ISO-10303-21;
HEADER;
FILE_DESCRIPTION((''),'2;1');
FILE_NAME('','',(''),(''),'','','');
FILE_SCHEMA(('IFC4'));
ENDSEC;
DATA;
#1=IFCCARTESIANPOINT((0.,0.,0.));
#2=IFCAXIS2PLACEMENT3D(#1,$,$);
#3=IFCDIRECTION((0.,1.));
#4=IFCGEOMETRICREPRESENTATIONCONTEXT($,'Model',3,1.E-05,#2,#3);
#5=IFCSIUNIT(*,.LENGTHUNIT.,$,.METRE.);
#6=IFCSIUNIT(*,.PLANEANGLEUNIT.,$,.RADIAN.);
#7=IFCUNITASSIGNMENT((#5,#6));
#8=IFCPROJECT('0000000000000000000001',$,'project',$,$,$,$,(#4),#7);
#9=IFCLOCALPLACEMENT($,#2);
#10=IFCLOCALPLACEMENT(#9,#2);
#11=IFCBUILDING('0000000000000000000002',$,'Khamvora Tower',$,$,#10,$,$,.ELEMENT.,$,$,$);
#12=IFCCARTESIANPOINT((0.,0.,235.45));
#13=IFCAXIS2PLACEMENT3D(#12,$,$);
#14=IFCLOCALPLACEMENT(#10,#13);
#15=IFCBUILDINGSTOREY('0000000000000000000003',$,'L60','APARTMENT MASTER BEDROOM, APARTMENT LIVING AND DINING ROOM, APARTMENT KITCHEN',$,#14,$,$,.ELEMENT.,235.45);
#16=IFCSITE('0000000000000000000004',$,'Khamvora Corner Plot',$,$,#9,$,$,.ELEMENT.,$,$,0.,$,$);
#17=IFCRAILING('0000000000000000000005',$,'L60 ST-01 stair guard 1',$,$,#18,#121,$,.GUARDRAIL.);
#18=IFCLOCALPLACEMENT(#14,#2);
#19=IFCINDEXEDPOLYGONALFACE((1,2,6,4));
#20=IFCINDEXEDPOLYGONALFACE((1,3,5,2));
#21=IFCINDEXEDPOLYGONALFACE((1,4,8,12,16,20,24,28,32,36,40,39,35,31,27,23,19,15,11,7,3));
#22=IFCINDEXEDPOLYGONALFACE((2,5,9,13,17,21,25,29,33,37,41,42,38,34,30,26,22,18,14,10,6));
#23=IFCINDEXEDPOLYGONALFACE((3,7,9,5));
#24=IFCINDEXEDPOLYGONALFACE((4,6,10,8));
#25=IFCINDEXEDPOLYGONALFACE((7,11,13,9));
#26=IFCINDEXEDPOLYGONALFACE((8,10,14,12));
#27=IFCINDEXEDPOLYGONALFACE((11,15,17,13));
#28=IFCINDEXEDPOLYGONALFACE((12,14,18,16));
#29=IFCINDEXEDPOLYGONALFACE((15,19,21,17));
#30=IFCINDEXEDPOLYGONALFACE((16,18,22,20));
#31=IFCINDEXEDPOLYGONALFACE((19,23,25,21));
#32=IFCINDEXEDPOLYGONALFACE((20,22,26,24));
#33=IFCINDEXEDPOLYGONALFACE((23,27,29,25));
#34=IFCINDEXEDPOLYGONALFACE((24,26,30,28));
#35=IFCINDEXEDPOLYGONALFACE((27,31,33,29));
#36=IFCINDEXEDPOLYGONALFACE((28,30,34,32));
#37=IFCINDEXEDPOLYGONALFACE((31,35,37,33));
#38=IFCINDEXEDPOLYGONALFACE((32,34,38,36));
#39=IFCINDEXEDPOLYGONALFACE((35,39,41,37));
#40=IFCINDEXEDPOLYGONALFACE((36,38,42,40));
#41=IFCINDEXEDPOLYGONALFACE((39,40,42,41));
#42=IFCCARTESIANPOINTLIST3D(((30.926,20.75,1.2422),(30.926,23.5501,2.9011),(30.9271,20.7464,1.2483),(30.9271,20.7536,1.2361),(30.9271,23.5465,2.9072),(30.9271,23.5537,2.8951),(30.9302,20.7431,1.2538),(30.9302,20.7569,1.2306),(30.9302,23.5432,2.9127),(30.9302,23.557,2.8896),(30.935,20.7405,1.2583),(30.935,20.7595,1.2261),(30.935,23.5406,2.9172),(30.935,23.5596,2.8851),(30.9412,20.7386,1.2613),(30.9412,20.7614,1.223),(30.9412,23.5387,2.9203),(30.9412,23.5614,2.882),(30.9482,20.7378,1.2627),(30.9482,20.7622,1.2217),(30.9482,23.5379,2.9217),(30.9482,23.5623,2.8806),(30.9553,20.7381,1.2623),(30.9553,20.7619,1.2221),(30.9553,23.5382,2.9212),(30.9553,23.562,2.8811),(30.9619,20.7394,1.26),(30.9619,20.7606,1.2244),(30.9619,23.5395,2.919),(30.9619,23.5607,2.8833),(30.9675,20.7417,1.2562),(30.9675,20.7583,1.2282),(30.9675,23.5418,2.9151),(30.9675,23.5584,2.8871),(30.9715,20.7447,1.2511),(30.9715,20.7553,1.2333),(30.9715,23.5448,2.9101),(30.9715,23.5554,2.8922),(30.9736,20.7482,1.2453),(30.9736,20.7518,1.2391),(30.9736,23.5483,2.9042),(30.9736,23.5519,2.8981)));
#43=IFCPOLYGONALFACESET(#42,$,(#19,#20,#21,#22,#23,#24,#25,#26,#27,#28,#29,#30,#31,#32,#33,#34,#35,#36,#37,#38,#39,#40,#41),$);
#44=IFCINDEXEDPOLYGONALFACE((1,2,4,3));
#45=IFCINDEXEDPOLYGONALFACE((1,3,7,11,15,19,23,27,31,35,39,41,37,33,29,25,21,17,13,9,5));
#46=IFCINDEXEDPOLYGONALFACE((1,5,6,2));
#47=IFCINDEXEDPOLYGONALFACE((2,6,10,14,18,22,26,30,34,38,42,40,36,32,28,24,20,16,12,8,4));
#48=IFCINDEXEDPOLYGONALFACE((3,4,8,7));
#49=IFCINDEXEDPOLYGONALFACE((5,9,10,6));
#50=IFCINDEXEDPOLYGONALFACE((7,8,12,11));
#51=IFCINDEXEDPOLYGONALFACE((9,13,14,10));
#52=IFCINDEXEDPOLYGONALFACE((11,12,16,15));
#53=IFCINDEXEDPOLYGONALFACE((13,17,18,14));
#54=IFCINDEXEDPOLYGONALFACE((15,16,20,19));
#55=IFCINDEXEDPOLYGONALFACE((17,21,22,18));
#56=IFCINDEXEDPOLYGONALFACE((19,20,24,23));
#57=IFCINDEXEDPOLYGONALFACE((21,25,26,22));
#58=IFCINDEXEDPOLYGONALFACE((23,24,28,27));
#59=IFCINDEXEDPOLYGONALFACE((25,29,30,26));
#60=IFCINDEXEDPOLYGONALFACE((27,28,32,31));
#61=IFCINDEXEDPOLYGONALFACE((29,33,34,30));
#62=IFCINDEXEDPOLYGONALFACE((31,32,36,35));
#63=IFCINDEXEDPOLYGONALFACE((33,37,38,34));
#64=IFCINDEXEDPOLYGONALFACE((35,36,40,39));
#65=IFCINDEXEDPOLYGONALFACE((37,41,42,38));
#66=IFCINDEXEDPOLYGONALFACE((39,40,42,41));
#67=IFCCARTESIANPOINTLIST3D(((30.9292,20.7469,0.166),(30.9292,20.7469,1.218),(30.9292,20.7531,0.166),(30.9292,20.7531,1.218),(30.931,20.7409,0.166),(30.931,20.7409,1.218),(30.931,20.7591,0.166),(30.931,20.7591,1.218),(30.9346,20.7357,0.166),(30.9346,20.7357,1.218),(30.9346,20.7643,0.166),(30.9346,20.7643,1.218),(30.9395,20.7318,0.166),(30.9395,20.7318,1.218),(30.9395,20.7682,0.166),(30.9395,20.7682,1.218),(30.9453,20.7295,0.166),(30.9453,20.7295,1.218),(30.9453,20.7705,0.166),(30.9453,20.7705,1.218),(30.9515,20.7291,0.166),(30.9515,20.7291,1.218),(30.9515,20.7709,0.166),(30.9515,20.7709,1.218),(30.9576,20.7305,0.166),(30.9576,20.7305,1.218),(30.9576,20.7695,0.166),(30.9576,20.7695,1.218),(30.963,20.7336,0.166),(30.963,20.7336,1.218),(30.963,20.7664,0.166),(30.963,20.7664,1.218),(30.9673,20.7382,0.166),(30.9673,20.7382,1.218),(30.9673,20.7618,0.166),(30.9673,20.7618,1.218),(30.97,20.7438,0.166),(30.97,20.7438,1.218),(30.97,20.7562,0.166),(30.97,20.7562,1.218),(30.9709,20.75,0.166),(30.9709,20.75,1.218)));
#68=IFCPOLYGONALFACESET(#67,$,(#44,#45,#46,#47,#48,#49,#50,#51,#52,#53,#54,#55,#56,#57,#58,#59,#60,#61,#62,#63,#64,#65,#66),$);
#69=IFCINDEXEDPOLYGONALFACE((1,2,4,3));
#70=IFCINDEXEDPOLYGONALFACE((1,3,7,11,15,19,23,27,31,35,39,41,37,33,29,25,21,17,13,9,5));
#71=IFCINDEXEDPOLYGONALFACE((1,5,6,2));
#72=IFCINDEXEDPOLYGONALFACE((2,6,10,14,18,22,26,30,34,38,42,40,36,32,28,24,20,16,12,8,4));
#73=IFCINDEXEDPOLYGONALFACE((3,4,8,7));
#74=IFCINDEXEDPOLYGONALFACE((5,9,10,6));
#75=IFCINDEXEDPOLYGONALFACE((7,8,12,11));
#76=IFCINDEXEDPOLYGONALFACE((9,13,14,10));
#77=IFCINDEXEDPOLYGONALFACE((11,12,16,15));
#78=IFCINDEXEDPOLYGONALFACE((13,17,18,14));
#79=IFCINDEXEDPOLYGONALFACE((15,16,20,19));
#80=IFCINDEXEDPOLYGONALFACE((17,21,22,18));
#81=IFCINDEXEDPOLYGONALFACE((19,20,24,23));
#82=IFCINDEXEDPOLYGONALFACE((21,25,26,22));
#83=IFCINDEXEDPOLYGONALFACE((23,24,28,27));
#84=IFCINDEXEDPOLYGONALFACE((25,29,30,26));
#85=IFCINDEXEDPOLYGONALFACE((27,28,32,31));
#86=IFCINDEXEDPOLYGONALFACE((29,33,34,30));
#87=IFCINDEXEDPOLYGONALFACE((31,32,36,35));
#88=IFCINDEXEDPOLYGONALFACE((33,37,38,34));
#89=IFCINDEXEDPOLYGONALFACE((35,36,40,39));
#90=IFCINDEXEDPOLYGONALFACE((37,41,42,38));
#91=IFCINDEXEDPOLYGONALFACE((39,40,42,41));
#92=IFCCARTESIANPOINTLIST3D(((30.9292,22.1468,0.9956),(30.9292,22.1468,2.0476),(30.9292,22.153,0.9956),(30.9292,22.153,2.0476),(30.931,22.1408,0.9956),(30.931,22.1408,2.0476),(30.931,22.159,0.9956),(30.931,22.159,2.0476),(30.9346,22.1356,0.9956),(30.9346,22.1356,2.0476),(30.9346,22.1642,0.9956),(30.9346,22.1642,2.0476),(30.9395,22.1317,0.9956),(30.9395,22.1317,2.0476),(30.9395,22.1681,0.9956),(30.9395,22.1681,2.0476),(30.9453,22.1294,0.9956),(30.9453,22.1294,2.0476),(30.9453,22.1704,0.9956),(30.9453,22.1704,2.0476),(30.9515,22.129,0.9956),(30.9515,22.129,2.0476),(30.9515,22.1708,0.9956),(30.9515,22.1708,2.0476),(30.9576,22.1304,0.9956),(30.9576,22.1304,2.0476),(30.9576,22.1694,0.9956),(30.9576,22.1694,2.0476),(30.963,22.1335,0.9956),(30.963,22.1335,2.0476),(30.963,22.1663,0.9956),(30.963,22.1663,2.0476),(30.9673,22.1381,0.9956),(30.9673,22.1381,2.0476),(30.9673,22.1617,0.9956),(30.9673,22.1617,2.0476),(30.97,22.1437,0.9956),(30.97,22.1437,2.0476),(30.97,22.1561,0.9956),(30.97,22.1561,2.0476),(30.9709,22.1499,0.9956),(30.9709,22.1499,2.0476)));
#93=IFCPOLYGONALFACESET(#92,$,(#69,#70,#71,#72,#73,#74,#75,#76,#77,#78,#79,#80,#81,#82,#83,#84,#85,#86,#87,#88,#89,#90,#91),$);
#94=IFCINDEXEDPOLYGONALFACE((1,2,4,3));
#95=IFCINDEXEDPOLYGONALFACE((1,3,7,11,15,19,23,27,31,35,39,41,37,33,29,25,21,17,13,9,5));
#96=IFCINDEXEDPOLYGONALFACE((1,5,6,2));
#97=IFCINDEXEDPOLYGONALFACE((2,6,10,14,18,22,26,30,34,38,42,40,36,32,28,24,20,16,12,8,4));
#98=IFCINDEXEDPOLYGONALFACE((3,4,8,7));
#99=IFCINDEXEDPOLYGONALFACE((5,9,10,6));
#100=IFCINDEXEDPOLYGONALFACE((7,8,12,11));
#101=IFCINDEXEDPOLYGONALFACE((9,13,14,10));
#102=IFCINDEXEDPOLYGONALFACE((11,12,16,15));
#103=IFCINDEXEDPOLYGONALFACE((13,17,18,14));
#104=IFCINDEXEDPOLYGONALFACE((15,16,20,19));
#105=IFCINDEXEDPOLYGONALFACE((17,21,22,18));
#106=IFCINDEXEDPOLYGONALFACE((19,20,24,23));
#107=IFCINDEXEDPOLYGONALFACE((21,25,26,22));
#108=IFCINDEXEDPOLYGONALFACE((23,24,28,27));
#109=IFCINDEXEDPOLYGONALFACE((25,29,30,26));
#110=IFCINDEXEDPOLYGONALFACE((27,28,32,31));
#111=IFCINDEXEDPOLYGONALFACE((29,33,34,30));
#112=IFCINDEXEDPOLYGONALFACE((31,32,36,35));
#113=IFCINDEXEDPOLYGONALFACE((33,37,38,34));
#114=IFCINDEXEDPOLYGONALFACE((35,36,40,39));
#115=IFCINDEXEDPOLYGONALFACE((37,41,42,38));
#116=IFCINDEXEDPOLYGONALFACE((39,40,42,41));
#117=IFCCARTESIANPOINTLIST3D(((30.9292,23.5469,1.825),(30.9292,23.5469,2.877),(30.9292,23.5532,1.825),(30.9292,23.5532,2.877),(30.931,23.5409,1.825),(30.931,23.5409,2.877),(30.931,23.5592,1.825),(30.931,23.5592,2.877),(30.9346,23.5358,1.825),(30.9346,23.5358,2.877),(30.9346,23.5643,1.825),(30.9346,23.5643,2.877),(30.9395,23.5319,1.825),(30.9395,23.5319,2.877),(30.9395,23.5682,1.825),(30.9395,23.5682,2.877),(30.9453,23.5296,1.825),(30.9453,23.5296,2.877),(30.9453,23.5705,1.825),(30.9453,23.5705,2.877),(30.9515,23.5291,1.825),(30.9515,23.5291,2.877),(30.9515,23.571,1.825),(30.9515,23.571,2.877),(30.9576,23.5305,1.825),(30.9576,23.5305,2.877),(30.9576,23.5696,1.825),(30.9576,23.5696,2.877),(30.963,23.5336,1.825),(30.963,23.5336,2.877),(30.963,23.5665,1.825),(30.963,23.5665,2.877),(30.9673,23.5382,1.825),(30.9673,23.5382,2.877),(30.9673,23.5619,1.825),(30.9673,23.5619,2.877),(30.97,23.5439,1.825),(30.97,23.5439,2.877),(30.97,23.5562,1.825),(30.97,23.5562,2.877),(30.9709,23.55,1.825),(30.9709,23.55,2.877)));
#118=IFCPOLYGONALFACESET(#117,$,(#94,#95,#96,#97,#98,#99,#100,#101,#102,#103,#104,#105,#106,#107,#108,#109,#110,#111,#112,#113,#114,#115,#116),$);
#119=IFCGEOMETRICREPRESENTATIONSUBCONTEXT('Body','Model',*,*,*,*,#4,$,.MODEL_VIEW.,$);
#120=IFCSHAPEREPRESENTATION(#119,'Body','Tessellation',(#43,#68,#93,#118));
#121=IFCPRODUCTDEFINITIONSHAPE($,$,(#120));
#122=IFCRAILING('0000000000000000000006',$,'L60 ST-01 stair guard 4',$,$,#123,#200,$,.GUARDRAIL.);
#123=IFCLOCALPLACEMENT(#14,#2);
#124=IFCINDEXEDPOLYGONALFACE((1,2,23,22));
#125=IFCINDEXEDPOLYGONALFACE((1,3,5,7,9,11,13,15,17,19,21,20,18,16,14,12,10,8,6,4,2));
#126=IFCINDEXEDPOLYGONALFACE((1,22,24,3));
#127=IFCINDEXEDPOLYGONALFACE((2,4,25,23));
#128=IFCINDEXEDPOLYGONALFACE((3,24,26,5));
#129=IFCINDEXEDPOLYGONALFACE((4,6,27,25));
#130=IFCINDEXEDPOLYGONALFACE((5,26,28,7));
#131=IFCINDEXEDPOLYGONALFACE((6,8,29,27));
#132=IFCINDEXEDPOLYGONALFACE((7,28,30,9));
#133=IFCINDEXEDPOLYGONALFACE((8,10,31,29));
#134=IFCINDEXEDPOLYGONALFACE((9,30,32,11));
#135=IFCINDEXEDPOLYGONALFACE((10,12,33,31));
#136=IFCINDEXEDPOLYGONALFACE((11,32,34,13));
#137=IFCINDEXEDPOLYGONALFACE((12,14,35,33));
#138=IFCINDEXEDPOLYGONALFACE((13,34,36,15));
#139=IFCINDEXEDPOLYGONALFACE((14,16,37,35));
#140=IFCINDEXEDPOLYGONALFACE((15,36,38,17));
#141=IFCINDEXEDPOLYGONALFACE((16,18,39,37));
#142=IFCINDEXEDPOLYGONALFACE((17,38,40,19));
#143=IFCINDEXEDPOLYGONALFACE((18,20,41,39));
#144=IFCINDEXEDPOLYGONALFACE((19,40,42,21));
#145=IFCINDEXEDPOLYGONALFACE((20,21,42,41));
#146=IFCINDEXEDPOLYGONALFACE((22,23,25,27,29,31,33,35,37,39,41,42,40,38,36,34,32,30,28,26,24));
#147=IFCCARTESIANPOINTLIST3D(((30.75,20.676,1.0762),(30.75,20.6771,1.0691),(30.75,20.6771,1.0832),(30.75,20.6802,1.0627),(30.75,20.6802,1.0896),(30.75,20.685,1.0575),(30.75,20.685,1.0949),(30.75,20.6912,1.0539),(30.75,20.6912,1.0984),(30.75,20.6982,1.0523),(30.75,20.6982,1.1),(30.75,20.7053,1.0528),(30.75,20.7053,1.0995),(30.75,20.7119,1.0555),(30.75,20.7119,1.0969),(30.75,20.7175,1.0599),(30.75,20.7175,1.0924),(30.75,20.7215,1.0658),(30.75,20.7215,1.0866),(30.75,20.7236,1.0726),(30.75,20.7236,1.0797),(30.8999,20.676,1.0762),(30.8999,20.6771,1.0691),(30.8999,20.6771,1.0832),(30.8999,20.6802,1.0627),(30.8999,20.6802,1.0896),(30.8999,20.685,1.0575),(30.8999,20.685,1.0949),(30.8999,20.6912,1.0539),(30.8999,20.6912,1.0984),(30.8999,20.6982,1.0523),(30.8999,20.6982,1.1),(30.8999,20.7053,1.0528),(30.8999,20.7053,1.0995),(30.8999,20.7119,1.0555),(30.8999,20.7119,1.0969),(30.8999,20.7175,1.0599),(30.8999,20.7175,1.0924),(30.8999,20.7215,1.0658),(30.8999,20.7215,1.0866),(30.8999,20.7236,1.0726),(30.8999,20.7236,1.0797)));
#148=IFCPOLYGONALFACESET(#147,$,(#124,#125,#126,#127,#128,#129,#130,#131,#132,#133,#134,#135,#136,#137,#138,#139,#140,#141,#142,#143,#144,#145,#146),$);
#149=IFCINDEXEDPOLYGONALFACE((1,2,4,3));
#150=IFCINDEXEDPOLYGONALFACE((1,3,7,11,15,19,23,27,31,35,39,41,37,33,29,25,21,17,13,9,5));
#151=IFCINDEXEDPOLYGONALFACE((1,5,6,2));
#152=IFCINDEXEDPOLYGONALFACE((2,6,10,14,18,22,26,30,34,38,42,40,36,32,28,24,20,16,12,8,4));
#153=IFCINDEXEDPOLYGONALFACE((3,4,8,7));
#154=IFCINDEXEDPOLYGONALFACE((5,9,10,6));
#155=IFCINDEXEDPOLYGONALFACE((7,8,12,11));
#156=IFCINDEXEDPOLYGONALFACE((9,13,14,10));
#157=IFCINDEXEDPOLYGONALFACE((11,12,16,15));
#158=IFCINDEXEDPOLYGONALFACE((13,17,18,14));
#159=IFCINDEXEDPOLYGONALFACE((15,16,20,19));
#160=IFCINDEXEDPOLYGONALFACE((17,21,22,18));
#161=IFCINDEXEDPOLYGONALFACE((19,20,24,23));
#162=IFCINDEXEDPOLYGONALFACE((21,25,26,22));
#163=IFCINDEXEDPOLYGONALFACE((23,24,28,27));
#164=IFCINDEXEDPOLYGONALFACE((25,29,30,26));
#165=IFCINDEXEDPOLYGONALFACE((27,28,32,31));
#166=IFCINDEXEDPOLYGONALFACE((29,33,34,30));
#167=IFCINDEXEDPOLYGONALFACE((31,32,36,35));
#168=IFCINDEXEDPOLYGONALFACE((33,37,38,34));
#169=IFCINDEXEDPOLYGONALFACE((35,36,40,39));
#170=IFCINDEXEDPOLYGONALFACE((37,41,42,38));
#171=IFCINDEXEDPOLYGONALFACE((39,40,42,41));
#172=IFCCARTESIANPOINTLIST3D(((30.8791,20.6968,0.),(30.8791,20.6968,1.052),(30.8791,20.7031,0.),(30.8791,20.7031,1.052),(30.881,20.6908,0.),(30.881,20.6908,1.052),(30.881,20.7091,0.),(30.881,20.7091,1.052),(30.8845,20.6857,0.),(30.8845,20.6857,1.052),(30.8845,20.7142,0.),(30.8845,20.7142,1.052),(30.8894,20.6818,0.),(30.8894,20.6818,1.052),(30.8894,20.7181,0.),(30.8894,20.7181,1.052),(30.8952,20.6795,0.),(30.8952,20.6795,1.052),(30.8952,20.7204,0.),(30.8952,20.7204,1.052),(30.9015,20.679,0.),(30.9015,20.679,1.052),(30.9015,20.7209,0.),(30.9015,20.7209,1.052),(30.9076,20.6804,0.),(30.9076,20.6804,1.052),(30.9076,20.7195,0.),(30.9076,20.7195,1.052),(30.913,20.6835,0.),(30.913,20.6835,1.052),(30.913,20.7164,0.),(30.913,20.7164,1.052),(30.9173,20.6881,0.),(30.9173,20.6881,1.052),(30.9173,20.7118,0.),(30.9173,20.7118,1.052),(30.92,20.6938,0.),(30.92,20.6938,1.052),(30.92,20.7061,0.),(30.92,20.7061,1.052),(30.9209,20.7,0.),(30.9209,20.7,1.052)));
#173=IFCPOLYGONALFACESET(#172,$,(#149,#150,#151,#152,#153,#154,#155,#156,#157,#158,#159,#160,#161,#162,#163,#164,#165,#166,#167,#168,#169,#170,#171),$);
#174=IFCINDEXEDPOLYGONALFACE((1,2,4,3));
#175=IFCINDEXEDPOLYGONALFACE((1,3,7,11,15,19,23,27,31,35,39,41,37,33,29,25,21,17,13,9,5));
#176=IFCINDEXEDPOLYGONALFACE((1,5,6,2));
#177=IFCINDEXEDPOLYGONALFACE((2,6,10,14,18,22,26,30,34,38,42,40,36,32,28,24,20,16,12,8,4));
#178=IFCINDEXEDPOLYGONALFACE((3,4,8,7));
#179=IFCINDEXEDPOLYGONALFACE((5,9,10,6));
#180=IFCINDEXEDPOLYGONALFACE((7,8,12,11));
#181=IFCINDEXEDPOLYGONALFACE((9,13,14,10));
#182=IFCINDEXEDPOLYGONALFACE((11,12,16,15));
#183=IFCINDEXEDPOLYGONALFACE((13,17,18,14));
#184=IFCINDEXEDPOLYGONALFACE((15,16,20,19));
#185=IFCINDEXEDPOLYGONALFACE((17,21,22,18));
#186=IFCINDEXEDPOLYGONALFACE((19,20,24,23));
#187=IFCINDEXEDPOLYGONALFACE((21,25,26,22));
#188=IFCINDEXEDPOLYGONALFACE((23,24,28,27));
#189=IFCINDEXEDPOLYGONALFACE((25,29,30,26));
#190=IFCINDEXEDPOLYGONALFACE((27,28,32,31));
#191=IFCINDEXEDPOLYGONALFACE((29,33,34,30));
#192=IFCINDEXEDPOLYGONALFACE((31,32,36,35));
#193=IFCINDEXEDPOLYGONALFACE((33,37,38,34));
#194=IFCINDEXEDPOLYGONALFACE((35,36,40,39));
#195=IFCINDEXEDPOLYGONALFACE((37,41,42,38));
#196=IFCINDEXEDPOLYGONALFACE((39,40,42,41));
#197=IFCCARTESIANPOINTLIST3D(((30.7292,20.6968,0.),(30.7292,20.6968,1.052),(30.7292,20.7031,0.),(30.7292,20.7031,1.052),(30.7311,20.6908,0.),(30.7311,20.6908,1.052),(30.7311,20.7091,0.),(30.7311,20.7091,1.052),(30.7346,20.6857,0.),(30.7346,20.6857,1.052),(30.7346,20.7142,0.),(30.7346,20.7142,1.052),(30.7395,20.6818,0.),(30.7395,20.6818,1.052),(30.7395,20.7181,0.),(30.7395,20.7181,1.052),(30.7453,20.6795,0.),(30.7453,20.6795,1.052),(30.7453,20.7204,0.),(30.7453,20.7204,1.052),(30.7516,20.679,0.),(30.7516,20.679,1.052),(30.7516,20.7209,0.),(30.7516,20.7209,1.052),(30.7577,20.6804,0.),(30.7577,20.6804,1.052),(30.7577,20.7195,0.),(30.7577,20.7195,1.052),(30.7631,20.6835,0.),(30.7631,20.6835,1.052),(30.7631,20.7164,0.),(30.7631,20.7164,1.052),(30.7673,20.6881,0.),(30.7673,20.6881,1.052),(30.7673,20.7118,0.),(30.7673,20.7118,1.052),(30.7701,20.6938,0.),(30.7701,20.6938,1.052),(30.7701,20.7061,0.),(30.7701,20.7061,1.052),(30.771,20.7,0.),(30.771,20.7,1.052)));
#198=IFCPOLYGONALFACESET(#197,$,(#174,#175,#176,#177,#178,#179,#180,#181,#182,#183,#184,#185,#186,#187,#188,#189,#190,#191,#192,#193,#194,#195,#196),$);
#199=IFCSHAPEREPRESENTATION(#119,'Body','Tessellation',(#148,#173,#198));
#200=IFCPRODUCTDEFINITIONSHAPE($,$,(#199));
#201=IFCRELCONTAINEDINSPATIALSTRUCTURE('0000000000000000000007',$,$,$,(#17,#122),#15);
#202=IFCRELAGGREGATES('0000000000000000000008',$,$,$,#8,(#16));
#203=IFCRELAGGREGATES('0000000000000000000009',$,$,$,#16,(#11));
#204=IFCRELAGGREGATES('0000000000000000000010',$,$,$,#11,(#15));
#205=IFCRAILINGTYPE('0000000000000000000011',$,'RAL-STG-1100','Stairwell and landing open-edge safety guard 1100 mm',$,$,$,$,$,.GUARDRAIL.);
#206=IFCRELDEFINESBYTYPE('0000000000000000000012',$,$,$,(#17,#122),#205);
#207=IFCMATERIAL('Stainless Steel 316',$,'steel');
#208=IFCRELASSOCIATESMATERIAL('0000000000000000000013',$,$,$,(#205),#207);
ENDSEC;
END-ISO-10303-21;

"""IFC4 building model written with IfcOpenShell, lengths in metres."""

from ifc_helpers import new_model, si_unit, direction, frame, origin, origin_2d, place, context, subcontext, project, spatial, circle, extrude, material, type_object, element, save


model = new_model("IFC4")

# Units and contexts
model_context = context("Model", 3, precision=1e-05, world=origin(), true_north=direction((0.0, 1.0)))
body_context = subcontext(model_context, "Body", "Model", "MODEL_VIEW")
ifc_project = project(units=[si_unit("LENGTHUNIT", "METRE"), si_unit("PLANEANGLEUNIT", "RADIAN")], contexts=[model_context])

# Site, building, storey
site_placement = place(None, origin())
site = spatial("IfcSite", under=ifc_project, at=site_placement, Name="Khamvora Corner Plot", CompositionType="ELEMENT", RefElevation=0.0)
building_placement = place(site_placement, origin())
building = spatial("IfcBuilding", under=site, at=building_placement, Name="Khamvora Tower", CompositionType="ELEMENT")
storey_placement = place(building_placement, frame((0.0, 0.0, 235.45)))
storey = spatial("IfcBuildingStorey", under=building, at=storey_placement, Name="L60", Description="APARTMENT MASTER BEDROOM, APARTMENT LIVING AND DINING ROOM, APARTMENT KITCHEN", CompositionType="ELEMENT", Elevation=235.45)

# Railings
ifc_material_1 = material(Name="Stainless Steel 316", Category="steel")
railing_type_1 = type_object("IfcRailingType", Name="RAL-STG-1100", Description="Stairwell and landing open-edge safety guard 1100 mm", PredefinedType="GUARDRAIL", material=ifc_material_1)
railing_1_placement = place(storey_placement, frame((30.95, 20.75, 0.166)))
element("IfcRailing", 1, at=railing_1_placement, inside=storey, type_object=railing_type_1, Name="L60 ST-01 stair guard 1", PredefinedType="GUARDRAIL", context=body_context, shape_type="SweptSolid", body=[
    extrude(circle(Radius=0.0239, at=origin_2d()), frame((0.0, 0.0, 1.0762), z_axis=(0.0, 0.860339, 0.509722), x_axis=(-1.0, 0.0, 0.0)), (0.0, 0.0, 1.0), 3.2546),
    extrude(circle(Radius=0.021, at=origin_2d()), origin(), (0.0, 0.0, 1.0), 1.052),
    extrude(circle(Radius=0.021, at=origin_2d()), frame((0.0, 1.3999, 0.8296)), (0.0, 0.0, 1.0), 1.052),
    extrude(circle(Radius=0.021, at=origin_2d()), frame((0.0, 2.8, 1.6589)), (0.0, 0.0, 1.0), 1.052),
])
railing_2_placement = place(storey_placement, frame((30.8999, 20.7, 0.0)))
element("IfcRailing", 2, at=railing_2_placement, inside=storey, type_object=railing_type_1, Name="L60 ST-01 stair guard 4", PredefinedType="GUARDRAIL", context=body_context, shape_type="SweptSolid", body=[
    extrude(circle(Radius=0.0239, at=origin_2d()), frame((0.0, 0.0, 1.0762), z_axis=(-1.0, 0.0, 0.0), x_axis=(0.0, -1.0, 0.0)), (0.0, 0.0, 1.0), 0.1499),
    extrude(circle(Radius=0.021, at=origin_2d()), origin(), (0.0, 0.0, 1.0), 1.052),
    extrude(circle(Radius=0.021, at=origin_2d()), frame((-0.1499, 0.0, 0.0)), (0.0, 0.0, 1.0), 1.052),
])

save(model, "model.ifc")
